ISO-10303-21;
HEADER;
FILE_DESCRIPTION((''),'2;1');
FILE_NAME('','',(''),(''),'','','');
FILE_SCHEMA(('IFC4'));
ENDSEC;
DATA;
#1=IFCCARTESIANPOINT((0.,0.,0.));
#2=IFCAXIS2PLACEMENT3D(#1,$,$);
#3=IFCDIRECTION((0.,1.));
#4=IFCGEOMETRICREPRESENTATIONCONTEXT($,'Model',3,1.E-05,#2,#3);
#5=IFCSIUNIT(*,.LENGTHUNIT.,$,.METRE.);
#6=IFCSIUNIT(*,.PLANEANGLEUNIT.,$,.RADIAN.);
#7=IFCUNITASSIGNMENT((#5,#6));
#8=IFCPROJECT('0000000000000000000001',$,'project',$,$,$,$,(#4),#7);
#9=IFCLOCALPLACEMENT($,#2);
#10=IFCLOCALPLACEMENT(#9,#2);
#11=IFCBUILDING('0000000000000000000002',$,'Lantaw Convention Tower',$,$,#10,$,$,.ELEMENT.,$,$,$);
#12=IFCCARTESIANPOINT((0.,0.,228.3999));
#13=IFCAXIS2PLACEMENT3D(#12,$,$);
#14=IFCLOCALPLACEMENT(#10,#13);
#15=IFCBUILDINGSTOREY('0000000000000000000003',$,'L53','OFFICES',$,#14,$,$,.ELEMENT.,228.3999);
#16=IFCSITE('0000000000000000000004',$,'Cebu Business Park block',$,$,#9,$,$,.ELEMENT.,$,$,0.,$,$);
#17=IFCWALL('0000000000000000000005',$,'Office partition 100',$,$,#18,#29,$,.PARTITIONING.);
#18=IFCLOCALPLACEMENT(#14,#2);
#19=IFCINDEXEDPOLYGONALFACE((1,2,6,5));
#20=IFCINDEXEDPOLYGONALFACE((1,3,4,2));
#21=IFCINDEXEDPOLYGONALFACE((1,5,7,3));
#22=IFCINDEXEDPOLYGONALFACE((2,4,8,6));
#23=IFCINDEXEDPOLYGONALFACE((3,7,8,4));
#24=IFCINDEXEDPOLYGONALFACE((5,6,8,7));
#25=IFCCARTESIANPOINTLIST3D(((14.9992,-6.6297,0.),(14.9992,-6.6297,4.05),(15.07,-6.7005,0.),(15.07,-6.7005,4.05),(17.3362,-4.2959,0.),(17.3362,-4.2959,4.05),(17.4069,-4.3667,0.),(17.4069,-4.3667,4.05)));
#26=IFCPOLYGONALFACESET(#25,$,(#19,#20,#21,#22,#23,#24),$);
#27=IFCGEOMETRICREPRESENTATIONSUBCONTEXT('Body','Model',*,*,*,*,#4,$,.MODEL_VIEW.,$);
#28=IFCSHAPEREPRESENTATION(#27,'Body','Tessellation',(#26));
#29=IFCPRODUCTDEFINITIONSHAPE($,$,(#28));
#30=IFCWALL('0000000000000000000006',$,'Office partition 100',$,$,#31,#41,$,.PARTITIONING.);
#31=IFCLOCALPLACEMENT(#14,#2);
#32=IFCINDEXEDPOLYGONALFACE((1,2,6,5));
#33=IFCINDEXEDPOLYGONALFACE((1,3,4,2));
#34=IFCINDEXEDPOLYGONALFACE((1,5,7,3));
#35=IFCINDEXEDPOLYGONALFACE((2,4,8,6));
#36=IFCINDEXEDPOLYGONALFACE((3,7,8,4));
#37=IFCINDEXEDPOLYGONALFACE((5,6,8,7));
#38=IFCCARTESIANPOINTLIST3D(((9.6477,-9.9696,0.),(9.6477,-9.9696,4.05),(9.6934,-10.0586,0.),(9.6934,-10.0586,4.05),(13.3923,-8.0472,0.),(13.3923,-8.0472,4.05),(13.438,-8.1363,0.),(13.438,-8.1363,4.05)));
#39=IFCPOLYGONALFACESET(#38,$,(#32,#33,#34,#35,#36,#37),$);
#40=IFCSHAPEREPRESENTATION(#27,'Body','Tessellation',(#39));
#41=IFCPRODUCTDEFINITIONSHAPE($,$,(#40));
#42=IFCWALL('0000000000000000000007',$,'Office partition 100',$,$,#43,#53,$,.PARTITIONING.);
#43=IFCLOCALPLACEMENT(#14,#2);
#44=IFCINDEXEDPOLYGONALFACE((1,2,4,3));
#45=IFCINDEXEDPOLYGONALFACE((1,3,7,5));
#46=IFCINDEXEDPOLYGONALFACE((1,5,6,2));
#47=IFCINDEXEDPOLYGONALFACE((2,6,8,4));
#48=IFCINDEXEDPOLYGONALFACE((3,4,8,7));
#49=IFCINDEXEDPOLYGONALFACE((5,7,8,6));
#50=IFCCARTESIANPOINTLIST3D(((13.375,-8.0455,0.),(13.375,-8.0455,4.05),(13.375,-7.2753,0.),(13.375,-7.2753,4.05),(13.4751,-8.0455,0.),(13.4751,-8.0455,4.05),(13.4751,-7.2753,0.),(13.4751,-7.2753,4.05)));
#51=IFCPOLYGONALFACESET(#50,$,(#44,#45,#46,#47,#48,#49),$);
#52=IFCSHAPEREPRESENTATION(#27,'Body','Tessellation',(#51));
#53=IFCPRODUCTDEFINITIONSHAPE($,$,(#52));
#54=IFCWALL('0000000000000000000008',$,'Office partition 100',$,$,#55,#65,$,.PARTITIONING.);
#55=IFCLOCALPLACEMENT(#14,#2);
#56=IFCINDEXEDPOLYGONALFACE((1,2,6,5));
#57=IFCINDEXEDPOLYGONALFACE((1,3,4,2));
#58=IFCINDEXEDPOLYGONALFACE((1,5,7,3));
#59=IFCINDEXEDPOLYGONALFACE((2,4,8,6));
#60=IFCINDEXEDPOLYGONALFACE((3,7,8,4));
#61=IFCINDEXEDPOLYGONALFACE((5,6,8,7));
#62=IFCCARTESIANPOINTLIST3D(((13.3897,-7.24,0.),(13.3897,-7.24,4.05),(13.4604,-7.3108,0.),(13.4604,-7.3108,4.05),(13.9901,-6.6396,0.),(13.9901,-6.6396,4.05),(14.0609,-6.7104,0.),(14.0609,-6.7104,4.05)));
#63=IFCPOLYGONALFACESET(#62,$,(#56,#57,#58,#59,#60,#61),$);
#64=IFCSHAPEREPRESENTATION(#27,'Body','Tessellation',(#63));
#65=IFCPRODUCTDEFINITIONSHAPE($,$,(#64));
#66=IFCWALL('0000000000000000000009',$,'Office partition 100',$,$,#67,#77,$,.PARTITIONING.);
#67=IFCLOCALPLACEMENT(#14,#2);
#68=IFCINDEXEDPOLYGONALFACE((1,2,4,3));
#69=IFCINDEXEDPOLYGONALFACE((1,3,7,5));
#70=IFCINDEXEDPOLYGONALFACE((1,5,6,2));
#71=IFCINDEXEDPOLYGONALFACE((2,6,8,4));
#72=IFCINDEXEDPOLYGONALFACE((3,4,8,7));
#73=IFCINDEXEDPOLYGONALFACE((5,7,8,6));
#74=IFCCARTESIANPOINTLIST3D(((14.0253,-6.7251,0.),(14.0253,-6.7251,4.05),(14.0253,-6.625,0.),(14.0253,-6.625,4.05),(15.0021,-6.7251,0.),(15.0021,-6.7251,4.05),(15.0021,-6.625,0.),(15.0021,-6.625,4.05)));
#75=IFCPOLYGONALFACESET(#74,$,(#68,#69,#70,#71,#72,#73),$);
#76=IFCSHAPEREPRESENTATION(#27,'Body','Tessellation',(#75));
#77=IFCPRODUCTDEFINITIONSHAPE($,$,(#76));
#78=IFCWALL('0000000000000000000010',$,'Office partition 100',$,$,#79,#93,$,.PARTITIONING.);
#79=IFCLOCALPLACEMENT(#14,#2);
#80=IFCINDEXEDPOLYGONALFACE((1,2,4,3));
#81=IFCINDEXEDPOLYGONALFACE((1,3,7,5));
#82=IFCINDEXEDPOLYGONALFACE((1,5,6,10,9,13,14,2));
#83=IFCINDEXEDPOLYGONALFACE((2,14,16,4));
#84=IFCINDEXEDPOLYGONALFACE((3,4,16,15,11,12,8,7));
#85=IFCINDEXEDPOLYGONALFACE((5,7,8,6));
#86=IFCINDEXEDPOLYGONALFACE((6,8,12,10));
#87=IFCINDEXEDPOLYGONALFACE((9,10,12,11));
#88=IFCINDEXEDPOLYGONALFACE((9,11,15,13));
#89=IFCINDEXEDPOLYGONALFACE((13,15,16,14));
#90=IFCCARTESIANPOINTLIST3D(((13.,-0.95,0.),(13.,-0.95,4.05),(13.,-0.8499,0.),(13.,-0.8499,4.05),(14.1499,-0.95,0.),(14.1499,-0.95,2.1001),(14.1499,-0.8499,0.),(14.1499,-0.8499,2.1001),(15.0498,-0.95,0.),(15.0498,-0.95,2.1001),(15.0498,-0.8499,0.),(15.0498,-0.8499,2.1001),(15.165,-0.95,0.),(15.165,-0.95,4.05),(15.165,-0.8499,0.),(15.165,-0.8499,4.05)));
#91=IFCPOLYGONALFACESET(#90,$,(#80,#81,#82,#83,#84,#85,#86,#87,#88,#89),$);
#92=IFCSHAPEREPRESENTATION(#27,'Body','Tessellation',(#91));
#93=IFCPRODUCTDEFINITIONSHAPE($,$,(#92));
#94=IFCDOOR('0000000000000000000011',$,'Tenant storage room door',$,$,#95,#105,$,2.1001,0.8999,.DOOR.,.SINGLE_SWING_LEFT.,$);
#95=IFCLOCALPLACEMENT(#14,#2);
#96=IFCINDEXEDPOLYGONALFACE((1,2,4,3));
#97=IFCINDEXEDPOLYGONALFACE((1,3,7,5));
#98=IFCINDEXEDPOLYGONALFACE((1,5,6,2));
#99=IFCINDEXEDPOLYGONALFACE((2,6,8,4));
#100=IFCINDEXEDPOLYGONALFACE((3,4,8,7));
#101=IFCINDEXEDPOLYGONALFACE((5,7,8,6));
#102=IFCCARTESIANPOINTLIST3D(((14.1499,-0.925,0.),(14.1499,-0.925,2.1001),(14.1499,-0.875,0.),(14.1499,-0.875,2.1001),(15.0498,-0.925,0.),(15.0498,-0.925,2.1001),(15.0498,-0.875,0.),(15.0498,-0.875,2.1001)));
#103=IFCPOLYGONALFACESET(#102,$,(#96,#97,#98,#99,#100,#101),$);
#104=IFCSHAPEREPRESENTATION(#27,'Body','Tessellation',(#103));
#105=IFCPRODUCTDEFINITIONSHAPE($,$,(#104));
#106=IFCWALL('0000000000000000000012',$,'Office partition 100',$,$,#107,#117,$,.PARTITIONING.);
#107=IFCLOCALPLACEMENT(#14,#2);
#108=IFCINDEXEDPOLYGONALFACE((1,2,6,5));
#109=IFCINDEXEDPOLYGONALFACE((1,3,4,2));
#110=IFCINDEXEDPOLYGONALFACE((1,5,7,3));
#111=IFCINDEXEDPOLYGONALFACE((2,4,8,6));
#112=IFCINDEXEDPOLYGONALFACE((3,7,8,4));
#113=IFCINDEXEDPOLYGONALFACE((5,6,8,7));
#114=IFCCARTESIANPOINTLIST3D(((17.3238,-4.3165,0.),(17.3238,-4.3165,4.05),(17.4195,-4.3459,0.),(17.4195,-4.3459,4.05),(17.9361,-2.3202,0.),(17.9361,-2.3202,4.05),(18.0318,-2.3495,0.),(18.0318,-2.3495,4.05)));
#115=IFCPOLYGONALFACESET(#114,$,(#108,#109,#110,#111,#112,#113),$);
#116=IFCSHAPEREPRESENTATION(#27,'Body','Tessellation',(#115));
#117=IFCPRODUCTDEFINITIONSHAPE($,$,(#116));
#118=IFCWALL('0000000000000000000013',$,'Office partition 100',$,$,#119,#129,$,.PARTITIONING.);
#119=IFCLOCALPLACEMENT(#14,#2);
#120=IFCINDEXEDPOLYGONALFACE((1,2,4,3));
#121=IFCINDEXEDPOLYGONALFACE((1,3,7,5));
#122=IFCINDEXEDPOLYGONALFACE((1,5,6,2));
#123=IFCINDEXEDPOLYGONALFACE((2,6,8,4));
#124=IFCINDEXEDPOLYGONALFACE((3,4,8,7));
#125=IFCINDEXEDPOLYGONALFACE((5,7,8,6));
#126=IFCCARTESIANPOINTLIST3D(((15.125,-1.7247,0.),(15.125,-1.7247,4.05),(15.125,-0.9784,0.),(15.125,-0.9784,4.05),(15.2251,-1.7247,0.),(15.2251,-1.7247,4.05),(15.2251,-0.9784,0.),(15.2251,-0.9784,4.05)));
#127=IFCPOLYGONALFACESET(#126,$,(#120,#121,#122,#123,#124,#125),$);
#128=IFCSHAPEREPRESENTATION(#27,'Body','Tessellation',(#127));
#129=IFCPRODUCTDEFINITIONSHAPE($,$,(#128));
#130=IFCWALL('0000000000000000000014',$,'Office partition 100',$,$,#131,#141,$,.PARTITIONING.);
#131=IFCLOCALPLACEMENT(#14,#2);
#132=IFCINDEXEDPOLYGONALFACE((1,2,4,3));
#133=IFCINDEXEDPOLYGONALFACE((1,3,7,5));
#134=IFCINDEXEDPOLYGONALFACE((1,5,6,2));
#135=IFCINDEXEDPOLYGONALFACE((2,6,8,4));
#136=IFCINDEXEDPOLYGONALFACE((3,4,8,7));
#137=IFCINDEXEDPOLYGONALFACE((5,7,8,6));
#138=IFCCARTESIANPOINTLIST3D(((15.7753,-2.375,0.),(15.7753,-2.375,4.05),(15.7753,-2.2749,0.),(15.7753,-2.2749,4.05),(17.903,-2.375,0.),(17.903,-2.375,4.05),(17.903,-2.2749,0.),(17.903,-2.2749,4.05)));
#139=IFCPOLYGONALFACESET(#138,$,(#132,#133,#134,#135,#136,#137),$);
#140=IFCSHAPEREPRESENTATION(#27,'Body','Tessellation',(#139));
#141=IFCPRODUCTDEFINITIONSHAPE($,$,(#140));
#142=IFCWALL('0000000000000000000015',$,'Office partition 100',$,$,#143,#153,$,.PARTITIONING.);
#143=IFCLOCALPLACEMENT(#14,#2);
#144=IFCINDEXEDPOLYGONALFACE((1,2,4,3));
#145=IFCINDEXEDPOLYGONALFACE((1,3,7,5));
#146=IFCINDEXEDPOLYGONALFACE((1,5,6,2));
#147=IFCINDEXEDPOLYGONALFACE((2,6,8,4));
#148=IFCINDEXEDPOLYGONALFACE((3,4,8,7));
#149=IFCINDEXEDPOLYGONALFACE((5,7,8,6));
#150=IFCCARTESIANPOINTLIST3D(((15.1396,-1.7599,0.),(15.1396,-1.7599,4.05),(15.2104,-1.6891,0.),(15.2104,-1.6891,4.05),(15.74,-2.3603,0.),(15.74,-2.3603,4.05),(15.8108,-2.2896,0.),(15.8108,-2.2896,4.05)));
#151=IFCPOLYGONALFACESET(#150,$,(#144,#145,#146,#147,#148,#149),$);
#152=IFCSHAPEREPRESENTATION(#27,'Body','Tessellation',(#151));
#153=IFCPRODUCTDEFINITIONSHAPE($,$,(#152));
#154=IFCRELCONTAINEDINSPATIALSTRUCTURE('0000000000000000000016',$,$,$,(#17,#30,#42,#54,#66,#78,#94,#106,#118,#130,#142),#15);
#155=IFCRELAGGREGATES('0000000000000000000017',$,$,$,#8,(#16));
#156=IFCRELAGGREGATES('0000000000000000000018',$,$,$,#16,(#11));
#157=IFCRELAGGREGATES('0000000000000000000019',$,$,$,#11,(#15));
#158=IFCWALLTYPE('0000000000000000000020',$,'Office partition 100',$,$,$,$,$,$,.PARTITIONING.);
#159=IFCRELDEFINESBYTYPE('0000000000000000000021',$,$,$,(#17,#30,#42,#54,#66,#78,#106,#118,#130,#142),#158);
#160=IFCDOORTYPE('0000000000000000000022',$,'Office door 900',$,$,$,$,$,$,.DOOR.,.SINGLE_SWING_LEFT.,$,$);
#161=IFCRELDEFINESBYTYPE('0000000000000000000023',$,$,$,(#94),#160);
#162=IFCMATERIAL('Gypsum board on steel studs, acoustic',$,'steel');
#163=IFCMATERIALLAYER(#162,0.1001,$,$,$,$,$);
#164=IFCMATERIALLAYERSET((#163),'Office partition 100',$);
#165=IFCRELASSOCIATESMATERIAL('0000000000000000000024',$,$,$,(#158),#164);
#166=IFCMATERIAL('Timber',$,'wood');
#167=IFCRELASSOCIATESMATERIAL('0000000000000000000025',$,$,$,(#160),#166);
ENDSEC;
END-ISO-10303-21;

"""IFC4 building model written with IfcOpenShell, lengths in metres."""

from ifc_helpers import new_model, si_unit, direction, frame, frame_2d, origin, place, context, subcontext, project, spatial, rectangle, extrude, material, layer, layer_set, type_object, element, fill, save


model = new_model("IFC4")

# Units and contexts
model_context = context("Model", 3, precision=1e-05, world=origin(), true_north=direction((0.0, 1.0)))
body_context = subcontext(model_context, "Body", "Model", "MODEL_VIEW")
ifc_project = project(units=[si_unit("LENGTHUNIT", "METRE"), si_unit("PLANEANGLEUNIT", "RADIAN")], contexts=[model_context])

# Site, building, storey
site_placement = place(None, origin())
site = spatial("IfcSite", under=ifc_project, at=site_placement, Name="Cebu Business Park block", CompositionType="ELEMENT", RefElevation=0.0)
building_placement = place(site_placement, origin())
building = spatial("IfcBuilding", under=site, at=building_placement, Name="Lantaw Convention Tower", CompositionType="ELEMENT")
storey_placement = place(building_placement, frame((0.0, 0.0, 228.3999)))
storey = spatial("IfcBuildingStorey", under=building, at=storey_placement, Name="L53", Description="OFFICES", CompositionType="ELEMENT", Elevation=228.3999)

# Walls
ifc_material_1 = material(Name="Gypsum board on steel studs, acoustic", Category="steel")
ifc_layer_1 = layer(ifc_material_1, 0.1001)
ifc_layer_set_1 = layer_set([ifc_layer_1], Name="Office partition 100")
wall_type_1 = type_object("IfcWallType", Name="Office partition 100", PredefinedType="PARTITIONING", material=ifc_layer_set_1)
wall_1_placement = place(storey_placement, frame((17.3716, -4.3313, 0.0), z_axis=(0.0, 0.0, 1.0), x_axis=(-0.707587, -0.706626, 0.0)))
element("IfcWall", 1, at=wall_1_placement, inside=storey, type_object=wall_type_1, Name="Office partition 100", PredefinedType="PARTITIONING", context=body_context, shape_type="SweptSolid", body=[
    extrude(rectangle(XDim=3.3027, YDim=0.1001, at=frame_2d((1.6514, 0.0))), origin(), (0.0, 0.0, 1.0), 4.05),
])
wall_2_placement = place(storey_placement, frame((13.415, -8.0918, 0.0), z_axis=(0.0, 0.0, 1.0), x_axis=(-0.889621, -0.4567, 0.0)))
element("IfcWall", 2, at=wall_2_placement, inside=storey, type_object=wall_type_1, Name="Office partition 100", PredefinedType="PARTITIONING", context=body_context, shape_type="SweptSolid", body=[
    extrude(rectangle(XDim=4.2092, YDim=0.1001, at=frame_2d((2.1045, 0.0))), origin(), (0.0, 0.0, 1.0), 4.05),
])
wall_3_placement = place(storey_placement, frame((13.425, -8.0457, 0.0), z_axis=(0.0, 0.0, 1.0), x_axis=(0.0, 1.0, 0.0)))
element("IfcWall", 3, at=wall_3_placement, inside=storey, type_object=wall_type_1, Name="Office partition 100", PredefinedType="PARTITIONING", context=body_context, shape_type="SweptSolid", body=[
    extrude(rectangle(XDim=0.7703, YDim=0.1001, at=frame_2d((0.3853, 0.0))), origin(), (0.0, 0.0, 1.0), 4.05),
])
wall_4_placement = place(storey_placement, frame((13.425, -7.2754, 0.0), z_axis=(0.0, 0.0, 1.0), x_axis=(0.707107, 0.707107, 0.0)))
element("IfcWall", 4, at=wall_4_placement, inside=storey, type_object=wall_type_1, Name="Office partition 100", PredefinedType="PARTITIONING", context=body_context, shape_type="SweptSolid", body=[
    extrude(rectangle(XDim=0.8491, YDim=0.1001, at=frame_2d((0.4246, 0.0))), origin(), (0.0, 0.0, 1.0), 4.05),
])
wall_5_placement = place(storey_placement, frame((14.0254, -6.675, 0.0), z_axis=(0.0, 0.0, 1.0), x_axis=(1.0, 0.0, 0.0)))
element("IfcWall", 5, at=wall_5_placement, inside=storey, type_object=wall_type_1, Name="Office partition 100", PredefinedType="PARTITIONING", context=body_context, shape_type="SweptSolid", body=[
    extrude(rectangle(XDim=0.9768, YDim=0.1001, at=frame_2d((0.4883, 0.0))), origin(), (0.0, 0.0, 1.0), 4.05),
])

# Wall, opening, door
wall_6_placement = place(storey_placement, frame((13.0, -0.8999, 0.0), z_axis=(0.0, 0.0, 1.0), x_axis=(1.0, 0.0, 0.0)))
wall_6 = element("IfcWall", 6, at=wall_6_placement, inside=storey, type_object=wall_type_1, Name="Office partition 100", PredefinedType="PARTITIONING", context=body_context, shape_type="SweptSolid", body=[
    extrude(rectangle(XDim=2.165, YDim=0.1001, at=frame_2d((1.0825, 0.0))), origin(), (0.0, 0.0, 1.0), 4.05),
])
opening_1_placement = place(wall_6_placement, frame((1.1499, 0.0, 0.0)))
opening_1 = element("IfcOpeningElement", 7, at=opening_1_placement, cuts=wall_6, PredefinedType="OPENING", context=body_context, shape_type="SweptSolid", body=[
    extrude(rectangle(XDim=0.8999, YDim=2.1001, at=frame_2d((0.45, 1.05))), frame((0.0, 0.0601, 0.0), z_axis=(0.0, -1.0, 0.0), x_axis=(1.0, 0.0, 0.0)), (0.0, 0.0, 1.0), 0.1201),
])
ifc_material_2 = material(Name="Timber", Category="wood")
door_type_1 = type_object("IfcDoorType", Name="Office door 900", OperationType="SINGLE_SWING_LEFT", PredefinedType="DOOR", material=ifc_material_2)
door_1_placement = place(opening_1_placement, origin())
door_1 = element("IfcDoor", 8, at=door_1_placement, inside=storey, type_object=door_type_1, Name="Tenant storage room door", OperationType="SINGLE_SWING_LEFT", OverallHeight=2.1001, OverallWidth=0.8999, PredefinedType="DOOR", context=body_context, shape_type="SweptSolid", body=[
    extrude(rectangle(XDim=0.8999, YDim=2.1001, at=frame_2d((0.45, 1.05))), frame((0.0, 0.0249, 0.0), z_axis=(0.0, -1.0, 0.0), x_axis=(1.0, 0.0, 0.0)), (0.0, 0.0, 1.0), 0.05),
])
fill(opening_1, door_1)

# Walls
wall_7_placement = place(storey_placement, frame((17.9839, -2.335, 0.0), z_axis=(0.0, 0.0, 1.0), x_axis=(-0.293231, -0.956042, 0.0)))
element("IfcWall", 9, at=wall_7_placement, inside=storey, type_object=wall_type_1, Name="Office partition 100", PredefinedType="PARTITIONING", context=body_context, shape_type="SweptSolid", body=[
    extrude(rectangle(XDim=2.0881, YDim=0.1001, at=frame_2d((1.0439, 0.0))), origin(), (0.0, 0.0, 1.0), 4.05),
])
wall_8_placement = place(storey_placement, frame((15.175, -1.7246, 0.0), z_axis=(0.0, 0.0, 1.0), x_axis=(0.0, 1.0, 0.0)))
element("IfcWall", 10, at=wall_8_placement, inside=storey, type_object=wall_type_1, Name="Office partition 100", PredefinedType="PARTITIONING", context=body_context, shape_type="SweptSolid", body=[
    extrude(rectangle(XDim=0.7463, YDim=0.1001, at=frame_2d((0.373, 0.0))), origin(), (0.0, 0.0, 1.0), 4.05),
])
wall_9_placement = place(storey_placement, frame((17.9031, -2.325, 0.0), z_axis=(0.0, 0.0, 1.0), x_axis=(-1.0, 0.0, 0.0)))
element("IfcWall", 11, at=wall_9_placement, inside=storey, type_object=wall_type_1, Name="Office partition 100", PredefinedType="PARTITIONING", context=body_context, shape_type="SweptSolid", body=[
    extrude(rectangle(XDim=2.1277, YDim=0.1001, at=frame_2d((1.064, 0.0))), origin(), (0.0, 0.0, 1.0), 4.05),
])
wall_10_placement = place(storey_placement, frame((15.7754, -2.325, 0.0), z_axis=(0.0, 0.0, 1.0), x_axis=(-0.707107, 0.707107, 0.0)))
element("IfcWall", 12, at=wall_10_placement, inside=storey, type_object=wall_type_1, Name="Office partition 100", PredefinedType="PARTITIONING", context=body_context, shape_type="SweptSolid", body=[
    extrude(rectangle(XDim=0.8491, YDim=0.1001, at=frame_2d((0.4246, 0.0))), origin(), (0.0, 0.0, 1.0), 4.05),
])

save(model, "model.ifc")
